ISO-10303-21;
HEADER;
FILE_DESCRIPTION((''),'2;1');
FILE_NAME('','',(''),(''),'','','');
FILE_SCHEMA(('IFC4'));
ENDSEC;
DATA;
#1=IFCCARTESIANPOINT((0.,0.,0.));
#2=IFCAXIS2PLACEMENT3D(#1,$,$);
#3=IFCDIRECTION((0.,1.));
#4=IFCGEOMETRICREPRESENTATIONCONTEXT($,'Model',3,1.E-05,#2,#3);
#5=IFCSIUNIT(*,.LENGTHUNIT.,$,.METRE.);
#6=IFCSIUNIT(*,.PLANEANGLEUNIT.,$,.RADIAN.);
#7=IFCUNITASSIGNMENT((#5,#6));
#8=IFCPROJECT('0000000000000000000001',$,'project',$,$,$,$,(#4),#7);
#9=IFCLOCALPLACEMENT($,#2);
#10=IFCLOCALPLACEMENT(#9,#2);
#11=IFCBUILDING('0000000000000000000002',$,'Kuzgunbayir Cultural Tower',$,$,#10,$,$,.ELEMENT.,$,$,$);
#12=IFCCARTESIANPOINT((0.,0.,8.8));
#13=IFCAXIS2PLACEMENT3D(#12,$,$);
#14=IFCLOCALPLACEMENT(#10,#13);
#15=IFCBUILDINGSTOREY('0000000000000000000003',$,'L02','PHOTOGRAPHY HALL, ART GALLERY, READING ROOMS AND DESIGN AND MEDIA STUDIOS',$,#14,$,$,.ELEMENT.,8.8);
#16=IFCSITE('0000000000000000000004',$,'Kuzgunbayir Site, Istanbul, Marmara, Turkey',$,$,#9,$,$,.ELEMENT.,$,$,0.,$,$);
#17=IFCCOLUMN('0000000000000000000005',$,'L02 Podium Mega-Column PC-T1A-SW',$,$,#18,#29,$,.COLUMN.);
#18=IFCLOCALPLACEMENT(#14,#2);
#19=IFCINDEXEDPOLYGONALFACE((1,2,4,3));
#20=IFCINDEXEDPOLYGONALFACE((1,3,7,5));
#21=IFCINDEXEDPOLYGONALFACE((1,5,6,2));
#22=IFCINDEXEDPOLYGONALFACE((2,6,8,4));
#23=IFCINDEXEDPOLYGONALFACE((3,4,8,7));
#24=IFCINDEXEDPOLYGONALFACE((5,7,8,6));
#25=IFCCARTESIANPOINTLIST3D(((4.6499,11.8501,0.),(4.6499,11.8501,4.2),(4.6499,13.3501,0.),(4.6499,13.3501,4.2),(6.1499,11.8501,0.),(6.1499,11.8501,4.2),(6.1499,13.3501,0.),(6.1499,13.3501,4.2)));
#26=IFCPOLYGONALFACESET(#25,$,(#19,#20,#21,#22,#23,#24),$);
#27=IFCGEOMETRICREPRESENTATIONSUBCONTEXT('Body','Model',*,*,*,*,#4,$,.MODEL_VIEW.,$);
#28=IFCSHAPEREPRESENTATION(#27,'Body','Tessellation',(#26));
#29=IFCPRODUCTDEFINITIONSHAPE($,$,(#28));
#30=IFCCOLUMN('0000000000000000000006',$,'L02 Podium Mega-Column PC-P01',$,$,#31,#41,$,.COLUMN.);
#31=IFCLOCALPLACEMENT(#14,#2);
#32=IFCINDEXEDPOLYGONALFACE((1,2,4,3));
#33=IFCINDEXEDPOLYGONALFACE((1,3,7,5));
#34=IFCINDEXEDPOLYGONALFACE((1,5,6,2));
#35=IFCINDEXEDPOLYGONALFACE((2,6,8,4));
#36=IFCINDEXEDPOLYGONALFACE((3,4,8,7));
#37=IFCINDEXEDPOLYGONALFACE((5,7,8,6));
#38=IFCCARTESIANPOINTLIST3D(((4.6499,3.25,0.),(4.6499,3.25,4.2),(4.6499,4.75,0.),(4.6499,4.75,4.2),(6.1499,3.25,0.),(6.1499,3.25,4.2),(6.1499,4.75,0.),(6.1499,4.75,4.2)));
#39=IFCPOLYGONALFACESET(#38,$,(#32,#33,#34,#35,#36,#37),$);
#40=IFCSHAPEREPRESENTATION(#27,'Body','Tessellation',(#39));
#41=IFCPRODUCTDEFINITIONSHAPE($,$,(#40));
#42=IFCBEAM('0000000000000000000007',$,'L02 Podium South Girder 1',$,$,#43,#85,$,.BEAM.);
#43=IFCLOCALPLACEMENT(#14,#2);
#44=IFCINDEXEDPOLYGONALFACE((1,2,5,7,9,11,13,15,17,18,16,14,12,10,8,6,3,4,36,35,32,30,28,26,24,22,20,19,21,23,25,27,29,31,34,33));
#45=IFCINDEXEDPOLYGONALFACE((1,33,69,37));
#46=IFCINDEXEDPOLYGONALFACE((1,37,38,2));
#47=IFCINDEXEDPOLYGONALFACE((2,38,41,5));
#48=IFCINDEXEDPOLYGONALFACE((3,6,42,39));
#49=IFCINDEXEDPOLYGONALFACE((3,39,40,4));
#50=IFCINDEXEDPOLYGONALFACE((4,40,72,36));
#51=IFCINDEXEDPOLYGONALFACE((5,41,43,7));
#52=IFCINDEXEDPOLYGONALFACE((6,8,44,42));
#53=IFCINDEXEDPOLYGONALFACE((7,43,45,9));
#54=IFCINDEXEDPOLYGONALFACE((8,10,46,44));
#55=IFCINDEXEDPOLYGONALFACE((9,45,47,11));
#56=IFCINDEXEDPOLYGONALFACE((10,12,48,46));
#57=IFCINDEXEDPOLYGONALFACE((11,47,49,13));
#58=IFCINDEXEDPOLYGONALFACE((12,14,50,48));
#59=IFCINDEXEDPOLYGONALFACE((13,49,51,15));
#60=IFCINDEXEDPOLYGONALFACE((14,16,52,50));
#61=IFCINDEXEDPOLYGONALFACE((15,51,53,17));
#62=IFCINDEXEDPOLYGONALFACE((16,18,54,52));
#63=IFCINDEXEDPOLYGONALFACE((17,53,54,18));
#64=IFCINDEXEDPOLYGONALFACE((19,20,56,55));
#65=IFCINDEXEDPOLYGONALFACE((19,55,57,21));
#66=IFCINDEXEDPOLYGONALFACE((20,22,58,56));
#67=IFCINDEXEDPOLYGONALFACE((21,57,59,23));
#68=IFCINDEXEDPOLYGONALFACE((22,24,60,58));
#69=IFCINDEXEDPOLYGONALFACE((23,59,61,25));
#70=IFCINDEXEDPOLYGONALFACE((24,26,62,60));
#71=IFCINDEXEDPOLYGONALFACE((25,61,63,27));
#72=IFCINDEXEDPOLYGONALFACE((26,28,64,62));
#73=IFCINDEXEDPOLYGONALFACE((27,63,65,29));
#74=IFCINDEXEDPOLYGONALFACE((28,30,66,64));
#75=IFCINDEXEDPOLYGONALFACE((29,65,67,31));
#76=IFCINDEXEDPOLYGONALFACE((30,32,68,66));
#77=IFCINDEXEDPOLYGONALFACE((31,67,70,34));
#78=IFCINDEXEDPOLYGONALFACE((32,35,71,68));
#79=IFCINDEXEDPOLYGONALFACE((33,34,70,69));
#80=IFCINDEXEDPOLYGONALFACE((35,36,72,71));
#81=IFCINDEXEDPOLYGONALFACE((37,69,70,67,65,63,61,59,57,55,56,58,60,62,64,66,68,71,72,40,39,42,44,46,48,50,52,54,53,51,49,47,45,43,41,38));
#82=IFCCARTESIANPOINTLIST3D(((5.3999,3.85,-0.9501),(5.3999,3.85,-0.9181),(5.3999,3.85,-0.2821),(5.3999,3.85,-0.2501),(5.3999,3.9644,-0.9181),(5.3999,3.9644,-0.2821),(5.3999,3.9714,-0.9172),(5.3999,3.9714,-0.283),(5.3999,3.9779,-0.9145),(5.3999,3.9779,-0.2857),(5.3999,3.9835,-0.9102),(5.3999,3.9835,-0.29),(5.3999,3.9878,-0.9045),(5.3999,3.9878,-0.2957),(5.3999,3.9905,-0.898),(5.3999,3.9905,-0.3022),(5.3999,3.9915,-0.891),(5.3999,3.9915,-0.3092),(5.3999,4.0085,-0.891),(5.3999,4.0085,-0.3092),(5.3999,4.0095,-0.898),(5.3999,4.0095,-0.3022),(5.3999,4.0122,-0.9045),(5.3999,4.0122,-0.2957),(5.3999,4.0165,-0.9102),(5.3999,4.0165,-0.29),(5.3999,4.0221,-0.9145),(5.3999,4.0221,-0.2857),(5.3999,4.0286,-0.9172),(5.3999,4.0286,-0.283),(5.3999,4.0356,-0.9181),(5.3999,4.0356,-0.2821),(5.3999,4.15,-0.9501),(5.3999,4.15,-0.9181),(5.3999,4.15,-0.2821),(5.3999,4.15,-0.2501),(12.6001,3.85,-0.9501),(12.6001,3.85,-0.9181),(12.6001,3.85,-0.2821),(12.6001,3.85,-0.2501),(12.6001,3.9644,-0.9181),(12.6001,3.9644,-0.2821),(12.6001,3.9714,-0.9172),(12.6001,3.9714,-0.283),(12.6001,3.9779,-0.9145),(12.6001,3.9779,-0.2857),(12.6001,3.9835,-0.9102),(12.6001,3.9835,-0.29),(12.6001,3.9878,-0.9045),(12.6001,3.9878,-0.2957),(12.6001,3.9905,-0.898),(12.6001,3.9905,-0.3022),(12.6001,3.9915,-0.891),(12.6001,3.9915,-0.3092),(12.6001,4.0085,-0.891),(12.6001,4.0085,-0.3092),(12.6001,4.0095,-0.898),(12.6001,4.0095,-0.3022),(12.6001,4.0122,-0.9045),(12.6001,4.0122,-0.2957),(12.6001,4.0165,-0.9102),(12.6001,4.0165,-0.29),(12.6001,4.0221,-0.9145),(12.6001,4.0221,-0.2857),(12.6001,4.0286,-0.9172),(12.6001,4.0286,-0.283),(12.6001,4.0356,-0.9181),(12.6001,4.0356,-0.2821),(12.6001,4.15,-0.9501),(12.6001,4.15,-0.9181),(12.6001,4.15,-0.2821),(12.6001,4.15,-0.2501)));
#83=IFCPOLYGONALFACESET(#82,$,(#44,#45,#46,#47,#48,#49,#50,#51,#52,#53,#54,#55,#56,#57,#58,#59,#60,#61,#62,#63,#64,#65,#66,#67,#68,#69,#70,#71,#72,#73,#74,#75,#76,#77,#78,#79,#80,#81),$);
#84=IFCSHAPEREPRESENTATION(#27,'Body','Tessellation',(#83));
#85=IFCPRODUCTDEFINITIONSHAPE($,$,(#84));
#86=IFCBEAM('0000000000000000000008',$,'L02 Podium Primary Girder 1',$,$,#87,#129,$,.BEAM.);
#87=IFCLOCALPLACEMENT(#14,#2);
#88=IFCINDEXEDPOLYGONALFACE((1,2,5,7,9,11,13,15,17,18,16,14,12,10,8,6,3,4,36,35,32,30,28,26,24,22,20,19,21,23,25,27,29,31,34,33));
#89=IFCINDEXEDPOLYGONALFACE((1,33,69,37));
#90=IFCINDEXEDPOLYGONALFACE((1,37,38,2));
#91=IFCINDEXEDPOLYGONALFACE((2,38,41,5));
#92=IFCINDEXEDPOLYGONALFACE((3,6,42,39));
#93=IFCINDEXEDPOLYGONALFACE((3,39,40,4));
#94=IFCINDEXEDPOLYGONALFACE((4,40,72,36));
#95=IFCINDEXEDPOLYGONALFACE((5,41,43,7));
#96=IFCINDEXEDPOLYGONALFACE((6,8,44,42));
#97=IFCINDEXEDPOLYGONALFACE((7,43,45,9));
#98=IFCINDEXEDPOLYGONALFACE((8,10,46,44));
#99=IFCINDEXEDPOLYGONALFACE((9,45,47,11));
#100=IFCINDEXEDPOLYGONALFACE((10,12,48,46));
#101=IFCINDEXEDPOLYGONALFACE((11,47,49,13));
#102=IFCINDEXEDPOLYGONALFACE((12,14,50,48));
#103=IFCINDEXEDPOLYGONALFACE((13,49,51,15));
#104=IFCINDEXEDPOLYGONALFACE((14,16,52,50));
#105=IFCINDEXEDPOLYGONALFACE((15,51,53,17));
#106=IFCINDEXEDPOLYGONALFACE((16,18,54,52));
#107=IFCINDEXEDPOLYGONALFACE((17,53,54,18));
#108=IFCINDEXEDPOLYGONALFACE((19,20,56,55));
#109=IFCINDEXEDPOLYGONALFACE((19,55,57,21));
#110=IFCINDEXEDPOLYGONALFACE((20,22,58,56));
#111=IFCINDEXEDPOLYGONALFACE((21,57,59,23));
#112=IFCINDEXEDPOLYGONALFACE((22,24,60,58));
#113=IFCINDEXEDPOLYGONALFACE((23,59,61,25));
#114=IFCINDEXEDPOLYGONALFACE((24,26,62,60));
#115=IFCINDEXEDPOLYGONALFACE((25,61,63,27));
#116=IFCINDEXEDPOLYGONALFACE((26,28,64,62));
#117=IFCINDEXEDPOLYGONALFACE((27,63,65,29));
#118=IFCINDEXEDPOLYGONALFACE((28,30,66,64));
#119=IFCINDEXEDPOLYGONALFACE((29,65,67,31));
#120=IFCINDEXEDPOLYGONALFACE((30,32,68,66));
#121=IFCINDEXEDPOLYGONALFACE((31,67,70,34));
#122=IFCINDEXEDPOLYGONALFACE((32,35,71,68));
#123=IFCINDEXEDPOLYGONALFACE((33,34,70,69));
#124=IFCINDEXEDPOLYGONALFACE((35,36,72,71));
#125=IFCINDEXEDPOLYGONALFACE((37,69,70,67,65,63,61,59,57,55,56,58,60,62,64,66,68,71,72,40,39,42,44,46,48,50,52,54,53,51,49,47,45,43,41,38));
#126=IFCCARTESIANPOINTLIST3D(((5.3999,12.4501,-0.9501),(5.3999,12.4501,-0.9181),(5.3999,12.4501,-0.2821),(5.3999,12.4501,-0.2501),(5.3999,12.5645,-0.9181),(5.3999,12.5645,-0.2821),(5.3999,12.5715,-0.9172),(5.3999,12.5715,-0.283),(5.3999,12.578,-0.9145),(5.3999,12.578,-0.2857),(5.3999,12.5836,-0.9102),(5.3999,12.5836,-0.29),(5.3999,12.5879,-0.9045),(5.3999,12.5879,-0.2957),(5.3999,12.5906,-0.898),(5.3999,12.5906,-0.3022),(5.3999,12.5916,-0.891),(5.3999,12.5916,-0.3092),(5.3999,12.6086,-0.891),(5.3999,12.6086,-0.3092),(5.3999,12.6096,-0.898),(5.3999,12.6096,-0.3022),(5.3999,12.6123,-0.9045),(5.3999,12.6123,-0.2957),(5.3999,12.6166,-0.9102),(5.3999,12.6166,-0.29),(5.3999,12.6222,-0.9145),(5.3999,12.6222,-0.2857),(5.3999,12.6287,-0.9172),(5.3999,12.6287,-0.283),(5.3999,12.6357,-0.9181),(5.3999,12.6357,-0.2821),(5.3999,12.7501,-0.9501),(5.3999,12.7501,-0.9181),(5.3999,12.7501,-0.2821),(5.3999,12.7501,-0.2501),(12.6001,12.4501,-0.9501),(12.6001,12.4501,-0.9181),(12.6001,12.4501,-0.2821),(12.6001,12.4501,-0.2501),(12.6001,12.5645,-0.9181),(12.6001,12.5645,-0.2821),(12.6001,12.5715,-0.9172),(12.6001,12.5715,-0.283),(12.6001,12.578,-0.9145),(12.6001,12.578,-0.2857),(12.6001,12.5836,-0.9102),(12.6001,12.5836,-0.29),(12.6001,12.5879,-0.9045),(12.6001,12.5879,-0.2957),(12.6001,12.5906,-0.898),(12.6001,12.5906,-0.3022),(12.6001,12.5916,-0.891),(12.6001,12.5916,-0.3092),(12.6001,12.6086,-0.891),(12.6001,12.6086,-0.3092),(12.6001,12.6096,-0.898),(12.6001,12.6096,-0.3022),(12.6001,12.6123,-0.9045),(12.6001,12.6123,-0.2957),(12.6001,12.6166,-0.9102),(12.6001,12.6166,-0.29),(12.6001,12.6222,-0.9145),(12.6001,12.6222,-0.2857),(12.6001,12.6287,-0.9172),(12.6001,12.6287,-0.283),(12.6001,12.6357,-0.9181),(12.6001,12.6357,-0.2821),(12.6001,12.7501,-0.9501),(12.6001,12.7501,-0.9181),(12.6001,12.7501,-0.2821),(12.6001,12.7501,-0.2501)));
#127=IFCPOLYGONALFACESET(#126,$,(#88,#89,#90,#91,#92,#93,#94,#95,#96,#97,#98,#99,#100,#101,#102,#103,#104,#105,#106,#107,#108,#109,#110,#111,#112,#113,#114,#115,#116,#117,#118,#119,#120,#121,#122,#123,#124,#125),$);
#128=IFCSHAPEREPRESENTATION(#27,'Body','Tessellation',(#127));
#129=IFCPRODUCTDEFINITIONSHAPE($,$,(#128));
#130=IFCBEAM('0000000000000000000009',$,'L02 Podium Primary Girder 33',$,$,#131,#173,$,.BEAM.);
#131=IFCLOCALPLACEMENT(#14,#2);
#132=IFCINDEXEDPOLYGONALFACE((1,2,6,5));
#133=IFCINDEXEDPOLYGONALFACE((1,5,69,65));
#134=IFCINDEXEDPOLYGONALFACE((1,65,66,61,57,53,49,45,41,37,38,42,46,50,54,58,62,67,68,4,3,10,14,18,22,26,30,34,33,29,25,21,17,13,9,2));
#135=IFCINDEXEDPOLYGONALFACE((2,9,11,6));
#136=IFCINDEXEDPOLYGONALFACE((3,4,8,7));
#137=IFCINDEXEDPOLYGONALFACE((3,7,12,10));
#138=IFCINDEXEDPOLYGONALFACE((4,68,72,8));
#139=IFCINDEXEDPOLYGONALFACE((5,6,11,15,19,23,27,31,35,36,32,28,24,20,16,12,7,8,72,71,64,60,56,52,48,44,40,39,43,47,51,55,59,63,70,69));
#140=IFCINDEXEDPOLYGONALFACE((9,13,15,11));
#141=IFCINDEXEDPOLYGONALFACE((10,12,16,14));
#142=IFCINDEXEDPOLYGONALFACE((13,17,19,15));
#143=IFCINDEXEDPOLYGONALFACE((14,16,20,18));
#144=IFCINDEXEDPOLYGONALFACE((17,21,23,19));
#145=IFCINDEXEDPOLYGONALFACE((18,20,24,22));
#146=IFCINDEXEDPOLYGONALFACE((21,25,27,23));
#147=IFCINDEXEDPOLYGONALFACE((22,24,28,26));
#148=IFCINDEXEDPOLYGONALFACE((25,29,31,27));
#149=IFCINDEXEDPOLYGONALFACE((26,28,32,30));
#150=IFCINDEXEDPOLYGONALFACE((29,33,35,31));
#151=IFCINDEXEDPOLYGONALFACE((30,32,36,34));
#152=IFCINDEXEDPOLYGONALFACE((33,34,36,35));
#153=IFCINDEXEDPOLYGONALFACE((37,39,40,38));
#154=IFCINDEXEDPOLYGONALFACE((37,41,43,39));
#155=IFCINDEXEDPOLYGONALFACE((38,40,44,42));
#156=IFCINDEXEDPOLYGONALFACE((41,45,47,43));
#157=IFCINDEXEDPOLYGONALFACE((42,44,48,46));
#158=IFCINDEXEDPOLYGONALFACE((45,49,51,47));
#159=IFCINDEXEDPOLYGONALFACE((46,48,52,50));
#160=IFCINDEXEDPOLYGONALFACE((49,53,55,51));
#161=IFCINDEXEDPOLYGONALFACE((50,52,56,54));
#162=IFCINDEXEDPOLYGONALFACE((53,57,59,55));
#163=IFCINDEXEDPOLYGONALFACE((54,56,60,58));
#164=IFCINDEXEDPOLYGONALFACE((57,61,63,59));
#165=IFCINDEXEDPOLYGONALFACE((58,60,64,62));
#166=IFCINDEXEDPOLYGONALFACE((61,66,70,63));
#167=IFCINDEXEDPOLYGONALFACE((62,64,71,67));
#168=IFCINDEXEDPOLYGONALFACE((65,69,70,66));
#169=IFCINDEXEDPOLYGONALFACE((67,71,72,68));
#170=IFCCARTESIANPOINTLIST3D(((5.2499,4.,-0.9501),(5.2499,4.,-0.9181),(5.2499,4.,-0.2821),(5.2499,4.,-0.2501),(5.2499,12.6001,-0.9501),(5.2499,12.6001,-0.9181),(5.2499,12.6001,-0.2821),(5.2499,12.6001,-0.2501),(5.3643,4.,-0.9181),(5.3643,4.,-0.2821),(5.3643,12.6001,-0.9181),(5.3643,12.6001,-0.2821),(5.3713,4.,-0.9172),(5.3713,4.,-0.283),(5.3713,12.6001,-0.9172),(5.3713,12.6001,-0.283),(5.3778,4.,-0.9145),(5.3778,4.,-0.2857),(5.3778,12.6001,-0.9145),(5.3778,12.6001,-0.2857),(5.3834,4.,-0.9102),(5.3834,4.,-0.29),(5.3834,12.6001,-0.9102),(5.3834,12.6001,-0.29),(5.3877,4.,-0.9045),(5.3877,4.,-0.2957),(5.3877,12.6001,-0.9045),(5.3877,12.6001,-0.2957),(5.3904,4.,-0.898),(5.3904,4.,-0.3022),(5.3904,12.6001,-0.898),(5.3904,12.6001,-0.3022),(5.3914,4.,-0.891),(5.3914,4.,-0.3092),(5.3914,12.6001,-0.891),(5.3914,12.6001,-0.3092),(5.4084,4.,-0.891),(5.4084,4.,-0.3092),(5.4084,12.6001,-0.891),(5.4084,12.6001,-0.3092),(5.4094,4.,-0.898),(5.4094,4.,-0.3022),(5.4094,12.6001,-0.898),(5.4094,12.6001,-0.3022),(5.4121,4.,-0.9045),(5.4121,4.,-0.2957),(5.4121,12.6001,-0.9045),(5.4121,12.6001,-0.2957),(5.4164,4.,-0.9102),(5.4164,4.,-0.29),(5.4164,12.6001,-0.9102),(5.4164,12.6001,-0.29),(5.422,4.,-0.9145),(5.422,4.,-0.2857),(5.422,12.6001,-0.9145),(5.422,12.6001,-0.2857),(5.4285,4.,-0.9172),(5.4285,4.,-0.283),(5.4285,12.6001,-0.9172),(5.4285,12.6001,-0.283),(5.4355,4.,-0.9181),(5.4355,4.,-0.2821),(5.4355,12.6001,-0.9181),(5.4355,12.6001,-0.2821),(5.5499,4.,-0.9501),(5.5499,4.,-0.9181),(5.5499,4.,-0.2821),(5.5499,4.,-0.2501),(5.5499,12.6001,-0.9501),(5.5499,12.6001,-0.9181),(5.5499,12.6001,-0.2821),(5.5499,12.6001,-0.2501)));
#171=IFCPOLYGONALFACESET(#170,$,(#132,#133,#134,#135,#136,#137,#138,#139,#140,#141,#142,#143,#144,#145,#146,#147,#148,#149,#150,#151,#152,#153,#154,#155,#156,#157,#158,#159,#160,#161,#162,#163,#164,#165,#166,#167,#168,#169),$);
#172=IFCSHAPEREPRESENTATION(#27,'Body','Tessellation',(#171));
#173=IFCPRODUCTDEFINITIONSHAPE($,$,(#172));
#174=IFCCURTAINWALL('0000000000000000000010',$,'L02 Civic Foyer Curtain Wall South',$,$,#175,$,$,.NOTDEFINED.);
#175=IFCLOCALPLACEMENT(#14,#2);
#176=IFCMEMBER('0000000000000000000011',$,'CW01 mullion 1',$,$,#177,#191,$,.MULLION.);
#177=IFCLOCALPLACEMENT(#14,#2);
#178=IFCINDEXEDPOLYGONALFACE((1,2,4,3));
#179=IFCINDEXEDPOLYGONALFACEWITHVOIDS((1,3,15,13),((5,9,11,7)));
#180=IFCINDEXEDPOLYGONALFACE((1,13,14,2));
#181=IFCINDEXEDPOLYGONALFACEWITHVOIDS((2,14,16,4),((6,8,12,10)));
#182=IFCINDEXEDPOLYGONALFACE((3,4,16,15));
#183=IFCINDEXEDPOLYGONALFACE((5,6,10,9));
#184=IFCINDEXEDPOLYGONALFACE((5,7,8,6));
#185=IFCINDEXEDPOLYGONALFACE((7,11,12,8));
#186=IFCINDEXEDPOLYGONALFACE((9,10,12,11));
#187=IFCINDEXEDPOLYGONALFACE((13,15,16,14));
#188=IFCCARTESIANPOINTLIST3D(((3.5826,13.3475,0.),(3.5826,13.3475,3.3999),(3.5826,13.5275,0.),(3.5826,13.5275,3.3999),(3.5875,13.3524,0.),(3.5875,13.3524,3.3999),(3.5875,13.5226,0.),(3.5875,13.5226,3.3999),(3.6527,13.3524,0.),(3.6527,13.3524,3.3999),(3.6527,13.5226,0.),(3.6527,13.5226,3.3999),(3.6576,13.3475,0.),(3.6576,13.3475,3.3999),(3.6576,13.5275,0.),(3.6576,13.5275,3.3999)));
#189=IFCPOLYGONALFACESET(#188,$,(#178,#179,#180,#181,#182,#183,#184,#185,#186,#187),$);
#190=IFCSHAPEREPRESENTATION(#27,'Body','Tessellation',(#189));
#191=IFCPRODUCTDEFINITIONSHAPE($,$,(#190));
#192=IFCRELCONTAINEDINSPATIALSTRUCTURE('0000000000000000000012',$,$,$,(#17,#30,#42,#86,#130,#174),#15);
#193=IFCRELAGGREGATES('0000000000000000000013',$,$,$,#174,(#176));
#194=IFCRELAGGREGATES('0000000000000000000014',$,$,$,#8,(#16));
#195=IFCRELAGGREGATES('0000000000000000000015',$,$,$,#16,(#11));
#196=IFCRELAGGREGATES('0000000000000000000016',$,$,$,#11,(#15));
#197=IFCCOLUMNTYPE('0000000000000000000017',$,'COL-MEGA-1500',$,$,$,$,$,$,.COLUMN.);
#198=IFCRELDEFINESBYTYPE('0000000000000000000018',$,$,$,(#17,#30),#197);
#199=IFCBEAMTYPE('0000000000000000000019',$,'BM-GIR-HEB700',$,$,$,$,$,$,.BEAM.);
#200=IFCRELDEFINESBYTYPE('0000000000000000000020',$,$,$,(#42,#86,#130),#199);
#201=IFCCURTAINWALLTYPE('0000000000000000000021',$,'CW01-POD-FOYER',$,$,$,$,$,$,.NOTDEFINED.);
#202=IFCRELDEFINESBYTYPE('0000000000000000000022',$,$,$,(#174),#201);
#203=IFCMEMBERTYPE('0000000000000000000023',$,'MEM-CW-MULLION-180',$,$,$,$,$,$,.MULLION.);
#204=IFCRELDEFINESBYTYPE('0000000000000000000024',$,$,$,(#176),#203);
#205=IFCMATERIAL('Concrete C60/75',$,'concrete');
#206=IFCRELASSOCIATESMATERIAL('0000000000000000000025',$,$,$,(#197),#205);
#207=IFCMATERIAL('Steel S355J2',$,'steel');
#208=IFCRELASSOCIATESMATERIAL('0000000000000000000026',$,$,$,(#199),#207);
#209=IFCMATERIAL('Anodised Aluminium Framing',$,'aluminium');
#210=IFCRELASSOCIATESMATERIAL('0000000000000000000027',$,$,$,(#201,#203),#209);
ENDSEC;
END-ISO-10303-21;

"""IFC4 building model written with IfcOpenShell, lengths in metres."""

from ifc_helpers import new_model, si_unit, direction, frame, origin, origin_2d, place, context, subcontext, project, spatial, rectangle, hollow_rectangle, i_section, extrude, material, material_profile, profile_set, type_object, element, aggregate, save


model = new_model("IFC4")

# Units and contexts
model_context = context("Model", 3, precision=1e-05, world=origin(), true_north=direction((0.0, 1.0)))
body_context = subcontext(model_context, "Body", "Model", "MODEL_VIEW")
ifc_project = project(units=[si_unit("LENGTHUNIT", "METRE"), si_unit("PLANEANGLEUNIT", "RADIAN")], contexts=[model_context])

# Site, building, storey
site_placement = place(None, origin())
site = spatial("IfcSite", under=ifc_project, at=site_placement, Name="Kuzgunbayir Site, Istanbul, Marmara, Turkey", CompositionType="ELEMENT", RefElevation=0.0)
building_placement = place(site_placement, origin())
building = spatial("IfcBuilding", under=site, at=building_placement, Name="Kuzgunbayir Cultural Tower", CompositionType="ELEMENT")
storey_placement = place(building_placement, frame((0.0, 0.0, 8.8)))
storey = spatial("IfcBuildingStorey", under=building, at=storey_placement, Name="L02", Description="PHOTOGRAPHY HALL, ART GALLERY, READING ROOMS AND DESIGN AND MEDIA STUDIOS", CompositionType="ELEMENT", Elevation=8.8)

# Columns
ifc_material_1 = material(Name="Concrete C60/75", Category="concrete")
ifc_material_profile_1 = material_profile(ifc_material_1, rectangle(XDim=1.5, YDim=1.5, at=origin_2d()), Name="RC 1500x1500")
ifc_profile_set_1 = profile_set([ifc_material_profile_1], Name="Concrete C60/75")
column_type = type_object("IfcColumnType", Name="COL-MEGA-1500", PredefinedType="COLUMN", material=ifc_profile_set_1)
for number, where, z_axis, x_axis, name in (
    (1, (5.3999, 12.6001, 0.0), (0.0, 0.0, 1.0), (1.0, 0.0, 0.0), "L02 Podium Mega-Column PC-T1A-SW"),
    (2, (5.3999, 4.0, 0.0), (0.0, 0.0, 1.0), (1.0, 0.0, 0.0), "L02 Podium Mega-Column PC-P01"),
):
    element("IfcColumn", number, at=place(storey_placement, frame(where, z_axis=z_axis, x_axis=x_axis)), inside=storey, type_object=column_type, Name=name, PredefinedType="COLUMN", context=body_context, shape_type="SweptSolid", body=[
        extrude(rectangle(XDim=1.5, YDim=1.5, at=origin_2d()), origin(), (0.0, 0.0, 1.0), 4.2),
    ])

# Beams
ifc_material_2 = material(Name="Steel S355J2", Category="steel")
ifc_material_profile_2 = material_profile(ifc_material_2, i_section(OverallWidth=0.3, OverallDepth=0.7, WebThickness=0.0171, FlangeThickness=0.032, FilletRadius=0.0271, at=origin_2d()), Name="HEB 700")
ifc_profile_set_2 = profile_set([ifc_material_profile_2], Name="Steel S355J2")
beam_type = type_object("IfcBeamType", Name="BM-GIR-HEB700", PredefinedType="BEAM", material=ifc_profile_set_2)
for number, where, z_axis, x_axis, name in (
    (3, (5.3999, 4.0, -0.6001), (1.0, 0.0, 0.0), (0.0, 1.0, 0.0), "L02 Podium South Girder 1"),
    (4, (5.3999, 12.6001, -0.6001), (1.0, 0.0, 0.0), (0.0, 1.0, 0.0), "L02 Podium Primary Girder 1"),
):
    element("IfcBeam", number, at=place(storey_placement, frame(where, z_axis=z_axis, x_axis=x_axis)), inside=storey, type_object=beam_type, Name=name, PredefinedType="BEAM", context=body_context, shape_type="SweptSolid", body=[
        extrude(i_section(OverallWidth=0.3, OverallDepth=0.7, WebThickness=0.0171, FlangeThickness=0.032, FilletRadius=0.0271, at=origin_2d()), origin(), (0.0, 0.0, 1.0), 7.2002),
    ])
beam_placement = place(storey_placement, frame((5.3999, 4.0, -0.6001), z_axis=(0.0, 1.0, 0.0), x_axis=(-1.0, 0.0, 0.0)))
element("IfcBeam", 5, at=beam_placement, inside=storey, type_object=beam_type, Name="L02 Podium Primary Girder 33", PredefinedType="BEAM", context=body_context, shape_type="SweptSolid", body=[
    extrude(i_section(OverallWidth=0.3, OverallDepth=0.7, WebThickness=0.0171, FlangeThickness=0.032, FilletRadius=0.0271, at=origin_2d()), origin(), (0.0, 0.0, 1.0), 8.6001),
])

# Curtain wall, member
ifc_material_3 = material(Name="Anodised Aluminium Framing", Category="aluminium")
curtain_wall_type = type_object("IfcCurtainWallType", Name="CW01-POD-FOYER", PredefinedType="NOTDEFINED", material=ifc_material_3)
curtain_wall_placement = place(storey_placement, origin())
curtain_wall = element("IfcCurtainWall", 6, at=curtain_wall_placement, inside=storey, type_object=curtain_wall_type, Name="L02 Civic Foyer Curtain Wall South", PredefinedType="NOTDEFINED")
ifc_material_profile_3 = material_profile(ifc_material_3, hollow_rectangle(XDim=0.075, YDim=0.1799, WallThickness=0.0049, at=origin_2d()), Name="RHS 180x75x5")
ifc_profile_set_3 = profile_set([ifc_material_profile_3], Name="Anodised Aluminium Framing")
member_type_1 = type_object("IfcMemberType", Name="MEM-CW-MULLION-180", PredefinedType="MULLION", material=ifc_profile_set_3)
member_1_placement = place(storey_placement, frame((3.6201, 13.4375, 0.0), z_axis=(0.0, 0.0, 1.0), x_axis=(-1.0, 0.0, 0.0)))
member_1 = element("IfcMember", 7, at=member_1_placement, type_object=member_type_1, Name="CW01 mullion 1", PredefinedType="MULLION", context=body_context, shape_type="SweptSolid", body=[
    extrude(hollow_rectangle(XDim=0.075, YDim=0.1799, WallThickness=0.0049, at=origin_2d()), origin(), (0.0, 0.0, 1.0), 3.3999),
])
aggregate(curtain_wall, [member_1])

save(model, "model.ifc")
